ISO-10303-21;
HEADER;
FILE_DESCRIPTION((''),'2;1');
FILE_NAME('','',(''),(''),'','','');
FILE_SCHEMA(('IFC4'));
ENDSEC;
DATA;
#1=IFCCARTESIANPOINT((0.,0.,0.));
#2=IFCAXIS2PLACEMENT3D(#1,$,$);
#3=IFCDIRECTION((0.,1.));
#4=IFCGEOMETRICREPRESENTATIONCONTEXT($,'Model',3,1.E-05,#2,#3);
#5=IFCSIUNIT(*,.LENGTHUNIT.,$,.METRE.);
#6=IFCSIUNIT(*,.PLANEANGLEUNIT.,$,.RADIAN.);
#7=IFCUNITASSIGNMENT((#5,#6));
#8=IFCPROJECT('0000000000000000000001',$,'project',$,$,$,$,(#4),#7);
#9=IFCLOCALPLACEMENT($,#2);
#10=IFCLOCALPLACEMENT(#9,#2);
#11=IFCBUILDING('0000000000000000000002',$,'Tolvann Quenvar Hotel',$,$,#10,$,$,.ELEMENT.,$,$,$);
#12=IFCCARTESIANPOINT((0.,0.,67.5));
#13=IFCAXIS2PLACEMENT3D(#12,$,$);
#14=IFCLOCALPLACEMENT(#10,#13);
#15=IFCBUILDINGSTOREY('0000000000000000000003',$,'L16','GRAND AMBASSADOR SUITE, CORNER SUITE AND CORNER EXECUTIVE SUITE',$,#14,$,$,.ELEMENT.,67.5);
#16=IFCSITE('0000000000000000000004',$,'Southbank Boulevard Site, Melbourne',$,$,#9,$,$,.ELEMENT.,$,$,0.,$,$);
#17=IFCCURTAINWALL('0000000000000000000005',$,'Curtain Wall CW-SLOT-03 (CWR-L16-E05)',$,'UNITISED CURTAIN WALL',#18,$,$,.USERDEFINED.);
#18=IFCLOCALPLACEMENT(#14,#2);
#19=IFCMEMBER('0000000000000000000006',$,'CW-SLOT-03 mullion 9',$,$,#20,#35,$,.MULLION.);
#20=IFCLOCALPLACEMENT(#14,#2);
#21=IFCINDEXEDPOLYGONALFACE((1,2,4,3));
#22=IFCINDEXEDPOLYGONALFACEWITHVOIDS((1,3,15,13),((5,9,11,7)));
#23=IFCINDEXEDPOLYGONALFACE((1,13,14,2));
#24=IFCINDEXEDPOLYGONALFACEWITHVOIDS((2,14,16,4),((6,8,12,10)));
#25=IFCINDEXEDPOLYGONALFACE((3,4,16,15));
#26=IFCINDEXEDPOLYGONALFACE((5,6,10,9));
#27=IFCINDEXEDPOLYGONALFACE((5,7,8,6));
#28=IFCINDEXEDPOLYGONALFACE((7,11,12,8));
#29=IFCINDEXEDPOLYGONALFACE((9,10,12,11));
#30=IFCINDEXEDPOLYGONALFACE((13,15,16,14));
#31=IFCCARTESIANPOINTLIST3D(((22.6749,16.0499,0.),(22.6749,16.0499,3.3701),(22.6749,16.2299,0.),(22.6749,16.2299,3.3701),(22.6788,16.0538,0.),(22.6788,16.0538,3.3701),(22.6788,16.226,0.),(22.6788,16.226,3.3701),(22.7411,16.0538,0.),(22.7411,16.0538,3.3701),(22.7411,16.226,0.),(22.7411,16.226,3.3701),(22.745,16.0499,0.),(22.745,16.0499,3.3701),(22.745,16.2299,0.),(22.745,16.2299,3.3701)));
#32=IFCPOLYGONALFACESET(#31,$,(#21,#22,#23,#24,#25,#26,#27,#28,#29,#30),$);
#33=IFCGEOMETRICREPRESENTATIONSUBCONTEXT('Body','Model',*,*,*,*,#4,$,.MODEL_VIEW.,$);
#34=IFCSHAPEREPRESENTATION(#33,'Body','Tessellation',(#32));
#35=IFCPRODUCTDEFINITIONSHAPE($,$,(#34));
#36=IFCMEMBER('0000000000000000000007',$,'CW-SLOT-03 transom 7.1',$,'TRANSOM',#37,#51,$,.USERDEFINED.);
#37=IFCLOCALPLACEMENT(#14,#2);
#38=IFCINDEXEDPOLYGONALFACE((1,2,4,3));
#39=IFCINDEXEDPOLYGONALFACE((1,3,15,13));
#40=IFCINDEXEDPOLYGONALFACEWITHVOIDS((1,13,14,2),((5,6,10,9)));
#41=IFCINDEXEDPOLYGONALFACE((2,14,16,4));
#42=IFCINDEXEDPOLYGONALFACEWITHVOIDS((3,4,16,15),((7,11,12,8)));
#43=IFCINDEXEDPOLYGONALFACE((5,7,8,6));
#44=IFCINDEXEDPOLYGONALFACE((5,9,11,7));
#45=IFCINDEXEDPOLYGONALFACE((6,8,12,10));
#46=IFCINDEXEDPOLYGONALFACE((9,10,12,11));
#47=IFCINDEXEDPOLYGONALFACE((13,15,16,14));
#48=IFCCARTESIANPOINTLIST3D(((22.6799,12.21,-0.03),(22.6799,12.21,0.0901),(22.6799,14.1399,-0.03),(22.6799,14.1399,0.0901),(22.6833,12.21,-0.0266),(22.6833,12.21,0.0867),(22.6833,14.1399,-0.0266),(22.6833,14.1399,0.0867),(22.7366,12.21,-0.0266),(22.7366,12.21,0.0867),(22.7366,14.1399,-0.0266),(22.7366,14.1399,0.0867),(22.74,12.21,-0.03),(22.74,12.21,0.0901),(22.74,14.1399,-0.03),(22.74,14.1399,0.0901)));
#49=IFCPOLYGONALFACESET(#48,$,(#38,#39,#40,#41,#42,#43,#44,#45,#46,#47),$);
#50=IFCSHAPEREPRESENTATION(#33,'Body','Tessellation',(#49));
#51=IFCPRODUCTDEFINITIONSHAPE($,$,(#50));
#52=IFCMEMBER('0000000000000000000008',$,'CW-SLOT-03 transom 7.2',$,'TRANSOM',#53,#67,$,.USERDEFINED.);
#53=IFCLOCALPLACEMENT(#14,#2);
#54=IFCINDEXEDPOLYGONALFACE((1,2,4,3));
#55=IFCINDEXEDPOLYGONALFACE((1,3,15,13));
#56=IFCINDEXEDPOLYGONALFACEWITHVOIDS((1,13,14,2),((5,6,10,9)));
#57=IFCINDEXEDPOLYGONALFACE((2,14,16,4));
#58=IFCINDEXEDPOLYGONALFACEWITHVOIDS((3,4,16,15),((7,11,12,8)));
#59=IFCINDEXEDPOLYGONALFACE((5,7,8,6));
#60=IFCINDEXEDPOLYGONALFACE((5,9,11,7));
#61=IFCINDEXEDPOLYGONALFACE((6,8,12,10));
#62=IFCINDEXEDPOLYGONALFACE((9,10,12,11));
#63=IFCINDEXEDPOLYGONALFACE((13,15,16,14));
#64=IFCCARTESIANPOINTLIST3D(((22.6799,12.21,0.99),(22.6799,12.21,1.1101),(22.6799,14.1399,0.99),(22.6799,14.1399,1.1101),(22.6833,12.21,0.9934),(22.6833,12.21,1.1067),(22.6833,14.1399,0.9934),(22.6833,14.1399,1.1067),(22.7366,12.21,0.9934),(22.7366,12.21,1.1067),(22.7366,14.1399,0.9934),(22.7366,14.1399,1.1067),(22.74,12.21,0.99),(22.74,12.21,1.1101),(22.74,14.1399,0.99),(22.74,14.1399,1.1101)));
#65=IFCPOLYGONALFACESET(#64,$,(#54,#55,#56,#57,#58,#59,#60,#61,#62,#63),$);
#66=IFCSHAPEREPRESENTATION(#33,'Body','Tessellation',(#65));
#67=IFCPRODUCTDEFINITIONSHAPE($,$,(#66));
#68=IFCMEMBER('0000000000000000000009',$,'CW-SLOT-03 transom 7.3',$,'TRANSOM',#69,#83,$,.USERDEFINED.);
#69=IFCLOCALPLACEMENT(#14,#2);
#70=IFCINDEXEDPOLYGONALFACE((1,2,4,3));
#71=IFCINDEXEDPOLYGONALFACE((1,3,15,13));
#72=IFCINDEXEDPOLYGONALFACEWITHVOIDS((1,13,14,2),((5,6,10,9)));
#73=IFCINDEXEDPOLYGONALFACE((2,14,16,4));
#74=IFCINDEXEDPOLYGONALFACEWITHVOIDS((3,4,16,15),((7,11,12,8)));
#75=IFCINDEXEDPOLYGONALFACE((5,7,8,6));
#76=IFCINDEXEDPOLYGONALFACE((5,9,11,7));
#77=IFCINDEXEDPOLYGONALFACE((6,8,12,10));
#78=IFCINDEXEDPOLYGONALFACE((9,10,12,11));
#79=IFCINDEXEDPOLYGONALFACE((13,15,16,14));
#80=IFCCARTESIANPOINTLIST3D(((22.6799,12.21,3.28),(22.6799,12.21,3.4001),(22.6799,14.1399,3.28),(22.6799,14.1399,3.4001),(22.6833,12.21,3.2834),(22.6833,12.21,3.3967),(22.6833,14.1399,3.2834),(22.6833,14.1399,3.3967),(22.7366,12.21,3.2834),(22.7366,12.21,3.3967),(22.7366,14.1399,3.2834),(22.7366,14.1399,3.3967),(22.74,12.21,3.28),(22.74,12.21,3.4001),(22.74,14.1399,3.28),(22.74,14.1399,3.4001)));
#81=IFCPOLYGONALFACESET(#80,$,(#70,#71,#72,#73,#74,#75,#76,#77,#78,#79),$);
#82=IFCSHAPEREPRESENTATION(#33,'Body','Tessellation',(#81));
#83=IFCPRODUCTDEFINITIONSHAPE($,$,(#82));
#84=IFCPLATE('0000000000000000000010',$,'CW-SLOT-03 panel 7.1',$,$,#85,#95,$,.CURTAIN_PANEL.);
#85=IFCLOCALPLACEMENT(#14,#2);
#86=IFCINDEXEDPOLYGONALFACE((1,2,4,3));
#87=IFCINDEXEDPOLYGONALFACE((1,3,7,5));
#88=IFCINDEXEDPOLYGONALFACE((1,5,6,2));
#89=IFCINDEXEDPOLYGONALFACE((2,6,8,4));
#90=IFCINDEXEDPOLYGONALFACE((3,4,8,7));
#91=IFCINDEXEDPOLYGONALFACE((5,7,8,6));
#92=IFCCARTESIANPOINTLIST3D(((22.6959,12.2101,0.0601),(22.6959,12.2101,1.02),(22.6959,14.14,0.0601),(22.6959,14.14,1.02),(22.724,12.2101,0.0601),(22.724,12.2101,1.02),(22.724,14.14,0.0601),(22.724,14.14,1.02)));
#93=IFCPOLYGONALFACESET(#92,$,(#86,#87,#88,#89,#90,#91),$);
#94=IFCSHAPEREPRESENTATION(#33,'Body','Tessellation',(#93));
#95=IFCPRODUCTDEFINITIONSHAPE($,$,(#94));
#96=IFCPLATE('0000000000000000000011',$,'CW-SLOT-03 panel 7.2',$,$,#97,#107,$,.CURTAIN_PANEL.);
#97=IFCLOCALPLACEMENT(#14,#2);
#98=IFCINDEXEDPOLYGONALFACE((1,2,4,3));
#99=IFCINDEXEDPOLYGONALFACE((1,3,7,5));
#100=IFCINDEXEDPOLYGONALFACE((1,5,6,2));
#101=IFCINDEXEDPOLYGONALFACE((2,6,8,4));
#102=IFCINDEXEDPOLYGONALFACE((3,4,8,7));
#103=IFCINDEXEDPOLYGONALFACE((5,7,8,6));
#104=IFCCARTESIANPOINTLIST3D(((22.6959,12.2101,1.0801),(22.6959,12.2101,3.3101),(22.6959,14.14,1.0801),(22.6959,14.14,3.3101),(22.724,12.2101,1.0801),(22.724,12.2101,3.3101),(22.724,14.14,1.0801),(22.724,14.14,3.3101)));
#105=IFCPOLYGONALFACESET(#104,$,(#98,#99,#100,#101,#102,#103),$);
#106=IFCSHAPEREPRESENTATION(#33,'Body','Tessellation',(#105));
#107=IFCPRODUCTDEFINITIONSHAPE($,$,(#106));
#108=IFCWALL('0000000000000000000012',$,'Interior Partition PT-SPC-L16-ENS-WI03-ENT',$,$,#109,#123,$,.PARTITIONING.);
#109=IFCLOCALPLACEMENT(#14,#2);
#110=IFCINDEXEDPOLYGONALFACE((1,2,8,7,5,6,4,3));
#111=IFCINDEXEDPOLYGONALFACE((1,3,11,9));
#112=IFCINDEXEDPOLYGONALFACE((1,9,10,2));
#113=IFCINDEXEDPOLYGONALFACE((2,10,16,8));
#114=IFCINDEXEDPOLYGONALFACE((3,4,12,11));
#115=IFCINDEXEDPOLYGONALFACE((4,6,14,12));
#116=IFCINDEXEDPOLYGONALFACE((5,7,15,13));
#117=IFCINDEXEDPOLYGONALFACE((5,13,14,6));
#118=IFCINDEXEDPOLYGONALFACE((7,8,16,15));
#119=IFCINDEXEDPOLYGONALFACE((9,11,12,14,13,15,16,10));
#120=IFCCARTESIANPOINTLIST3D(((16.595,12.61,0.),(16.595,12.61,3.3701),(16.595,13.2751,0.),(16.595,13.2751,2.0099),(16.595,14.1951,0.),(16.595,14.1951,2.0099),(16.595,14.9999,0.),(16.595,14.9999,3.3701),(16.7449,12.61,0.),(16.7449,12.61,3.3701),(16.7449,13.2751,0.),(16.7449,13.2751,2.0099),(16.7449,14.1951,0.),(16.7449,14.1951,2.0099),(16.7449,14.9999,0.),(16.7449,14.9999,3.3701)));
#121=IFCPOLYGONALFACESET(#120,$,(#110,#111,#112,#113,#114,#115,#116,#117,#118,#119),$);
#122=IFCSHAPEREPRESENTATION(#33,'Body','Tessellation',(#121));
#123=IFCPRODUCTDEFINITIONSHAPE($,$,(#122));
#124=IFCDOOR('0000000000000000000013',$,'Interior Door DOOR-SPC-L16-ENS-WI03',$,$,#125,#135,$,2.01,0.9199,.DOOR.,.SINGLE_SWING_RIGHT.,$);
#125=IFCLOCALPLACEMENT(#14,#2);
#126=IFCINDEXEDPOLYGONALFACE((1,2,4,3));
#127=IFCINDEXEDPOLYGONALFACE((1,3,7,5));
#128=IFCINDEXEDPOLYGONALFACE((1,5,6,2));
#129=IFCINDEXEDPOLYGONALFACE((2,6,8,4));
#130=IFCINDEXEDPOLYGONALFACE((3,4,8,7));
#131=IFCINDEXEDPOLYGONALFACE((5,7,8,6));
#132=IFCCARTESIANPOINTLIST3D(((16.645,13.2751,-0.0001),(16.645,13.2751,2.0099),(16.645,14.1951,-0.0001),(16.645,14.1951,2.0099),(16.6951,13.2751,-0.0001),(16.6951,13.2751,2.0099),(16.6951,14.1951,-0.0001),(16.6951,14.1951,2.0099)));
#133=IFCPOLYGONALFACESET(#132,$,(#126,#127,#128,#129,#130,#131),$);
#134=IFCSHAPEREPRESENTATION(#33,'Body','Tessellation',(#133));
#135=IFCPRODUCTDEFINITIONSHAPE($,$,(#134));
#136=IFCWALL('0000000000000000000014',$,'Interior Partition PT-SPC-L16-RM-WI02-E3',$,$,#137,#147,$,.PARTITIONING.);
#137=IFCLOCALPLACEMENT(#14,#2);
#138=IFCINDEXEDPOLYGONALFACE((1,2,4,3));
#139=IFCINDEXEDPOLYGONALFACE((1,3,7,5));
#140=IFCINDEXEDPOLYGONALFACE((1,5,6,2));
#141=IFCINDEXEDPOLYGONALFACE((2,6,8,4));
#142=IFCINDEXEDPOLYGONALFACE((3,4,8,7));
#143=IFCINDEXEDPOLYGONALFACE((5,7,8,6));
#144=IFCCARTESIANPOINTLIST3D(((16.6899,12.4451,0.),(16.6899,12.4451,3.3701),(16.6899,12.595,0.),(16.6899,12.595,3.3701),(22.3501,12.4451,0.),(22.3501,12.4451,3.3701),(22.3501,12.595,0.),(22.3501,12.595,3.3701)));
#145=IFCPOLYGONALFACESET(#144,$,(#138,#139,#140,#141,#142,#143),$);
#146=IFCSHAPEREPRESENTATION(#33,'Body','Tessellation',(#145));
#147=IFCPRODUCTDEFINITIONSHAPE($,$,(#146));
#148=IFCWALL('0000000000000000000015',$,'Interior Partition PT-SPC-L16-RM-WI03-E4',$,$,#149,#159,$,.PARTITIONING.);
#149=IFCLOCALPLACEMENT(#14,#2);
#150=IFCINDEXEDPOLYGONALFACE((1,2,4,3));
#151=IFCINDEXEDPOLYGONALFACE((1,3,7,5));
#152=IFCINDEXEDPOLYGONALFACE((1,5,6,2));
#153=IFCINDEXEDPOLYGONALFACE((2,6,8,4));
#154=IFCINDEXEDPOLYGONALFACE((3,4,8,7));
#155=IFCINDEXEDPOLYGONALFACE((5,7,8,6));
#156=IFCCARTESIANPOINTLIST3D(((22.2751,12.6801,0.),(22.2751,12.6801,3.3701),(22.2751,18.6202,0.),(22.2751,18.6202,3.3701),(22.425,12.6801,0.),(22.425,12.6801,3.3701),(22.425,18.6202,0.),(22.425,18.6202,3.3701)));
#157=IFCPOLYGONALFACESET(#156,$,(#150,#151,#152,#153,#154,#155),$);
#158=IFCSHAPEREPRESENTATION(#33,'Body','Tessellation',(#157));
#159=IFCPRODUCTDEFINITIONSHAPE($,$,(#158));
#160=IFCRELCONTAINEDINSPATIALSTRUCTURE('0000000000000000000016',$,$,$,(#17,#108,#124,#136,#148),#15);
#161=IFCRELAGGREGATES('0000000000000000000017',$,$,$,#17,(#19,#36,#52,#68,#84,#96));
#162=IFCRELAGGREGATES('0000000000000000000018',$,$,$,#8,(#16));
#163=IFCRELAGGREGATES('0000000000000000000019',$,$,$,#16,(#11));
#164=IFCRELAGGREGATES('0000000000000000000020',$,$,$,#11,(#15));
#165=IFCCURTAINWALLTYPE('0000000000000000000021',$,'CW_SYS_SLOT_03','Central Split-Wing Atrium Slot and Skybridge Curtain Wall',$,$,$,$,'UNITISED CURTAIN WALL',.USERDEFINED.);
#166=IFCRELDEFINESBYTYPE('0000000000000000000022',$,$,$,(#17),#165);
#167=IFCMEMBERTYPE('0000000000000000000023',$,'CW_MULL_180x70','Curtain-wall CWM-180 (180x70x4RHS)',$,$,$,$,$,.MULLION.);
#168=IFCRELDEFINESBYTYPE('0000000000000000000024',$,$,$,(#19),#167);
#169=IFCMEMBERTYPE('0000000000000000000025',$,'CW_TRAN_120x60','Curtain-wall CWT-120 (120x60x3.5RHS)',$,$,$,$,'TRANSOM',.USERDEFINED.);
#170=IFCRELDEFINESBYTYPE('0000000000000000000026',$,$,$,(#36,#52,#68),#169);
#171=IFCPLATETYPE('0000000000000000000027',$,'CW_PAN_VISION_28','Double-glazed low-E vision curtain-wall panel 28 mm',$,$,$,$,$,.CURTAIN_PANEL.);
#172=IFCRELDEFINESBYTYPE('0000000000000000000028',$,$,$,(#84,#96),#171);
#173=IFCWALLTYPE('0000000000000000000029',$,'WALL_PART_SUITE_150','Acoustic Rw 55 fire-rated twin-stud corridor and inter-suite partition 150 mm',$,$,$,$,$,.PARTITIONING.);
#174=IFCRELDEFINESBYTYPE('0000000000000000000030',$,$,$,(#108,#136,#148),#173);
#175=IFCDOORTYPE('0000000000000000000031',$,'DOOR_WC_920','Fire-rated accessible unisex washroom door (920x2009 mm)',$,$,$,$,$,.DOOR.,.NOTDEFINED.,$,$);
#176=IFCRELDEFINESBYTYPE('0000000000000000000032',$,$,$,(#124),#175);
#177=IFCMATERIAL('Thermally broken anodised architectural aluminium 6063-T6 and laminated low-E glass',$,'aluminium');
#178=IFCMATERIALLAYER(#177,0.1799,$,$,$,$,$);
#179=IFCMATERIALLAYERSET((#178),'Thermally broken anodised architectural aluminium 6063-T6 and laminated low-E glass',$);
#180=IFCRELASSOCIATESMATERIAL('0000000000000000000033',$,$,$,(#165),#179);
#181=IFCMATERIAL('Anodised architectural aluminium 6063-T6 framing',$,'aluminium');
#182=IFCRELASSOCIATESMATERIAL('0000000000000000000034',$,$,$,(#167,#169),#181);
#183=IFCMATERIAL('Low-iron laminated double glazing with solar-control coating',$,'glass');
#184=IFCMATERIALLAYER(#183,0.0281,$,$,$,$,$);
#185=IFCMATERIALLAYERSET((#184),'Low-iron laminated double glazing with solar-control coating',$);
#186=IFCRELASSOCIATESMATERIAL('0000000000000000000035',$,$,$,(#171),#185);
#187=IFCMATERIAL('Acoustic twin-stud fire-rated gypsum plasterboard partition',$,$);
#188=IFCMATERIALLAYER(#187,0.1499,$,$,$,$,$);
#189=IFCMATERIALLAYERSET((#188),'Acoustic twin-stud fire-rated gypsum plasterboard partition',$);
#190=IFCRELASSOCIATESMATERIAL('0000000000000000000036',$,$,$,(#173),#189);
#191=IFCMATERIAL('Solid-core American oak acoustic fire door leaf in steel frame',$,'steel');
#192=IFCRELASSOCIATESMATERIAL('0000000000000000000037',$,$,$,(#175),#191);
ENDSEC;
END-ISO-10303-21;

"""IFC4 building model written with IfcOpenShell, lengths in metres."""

from ifc_helpers import new_model, si_unit, direction, frame, frame_2d, origin, origin_2d, place, context, subcontext, project, spatial, rectangle, hollow_rectangle, extrude, source, transform, mapped, material, layer, layer_set, material_profile, profile_set, type_object, type_shapes, element, fill, aggregate, save


model = new_model("IFC4")

# Units and contexts
model_context = context("Model", 3, precision=1e-05, world=origin(), true_north=direction((0.0, 1.0)))
body_context = subcontext(model_context, "Body", "Model", "MODEL_VIEW")
ifc_project = project(units=[si_unit("LENGTHUNIT", "METRE"), si_unit("PLANEANGLEUNIT", "RADIAN")], contexts=[model_context])

# Site, building, storey
site_placement = place(None, origin())
site = spatial("IfcSite", under=ifc_project, at=site_placement, Name="Southbank Boulevard Site, Melbourne", CompositionType="ELEMENT", RefElevation=0.0)
building_placement = place(site_placement, origin())
building = spatial("IfcBuilding", under=site, at=building_placement, Name="Tolvann Quenvar Hotel", CompositionType="ELEMENT")
storey_placement = place(building_placement, frame((0.0, 0.0, 67.5)))
storey = spatial("IfcBuildingStorey", under=building, at=storey_placement, Name="L16", Description="GRAND AMBASSADOR SUITE, CORNER SUITE AND CORNER EXECUTIVE SUITE", CompositionType="ELEMENT", Elevation=67.5)

# Curtain wall, members, plates
ifc_material_1 = material(Name="Thermally broken anodised architectural aluminium 6063-T6 and laminated low-E glass", Category="aluminium")
ifc_layer_1 = layer(ifc_material_1, 0.1799)
ifc_layer_set_1 = layer_set([ifc_layer_1], Name="Thermally broken anodised architectural aluminium 6063-T6 and laminated low-E glass")
curtain_wall_type = type_object("IfcCurtainWallType", Name="CW_SYS_SLOT_03", Description="Central Split-Wing Atrium Slot and Skybridge Curtain Wall", ElementType="UNITISED CURTAIN WALL", PredefinedType="USERDEFINED", material=ifc_layer_set_1)
curtain_wall_placement = place(storey_placement, origin())
curtain_wall = element("IfcCurtainWall", 1, at=curtain_wall_placement, inside=storey, type_object=curtain_wall_type, Name="Curtain Wall CW-SLOT-03 (CWR-L16-E05)", ObjectType="UNITISED CURTAIN WALL", PredefinedType="USERDEFINED")
ifc_material_2 = material(Name="Anodised architectural aluminium 6063-T6 framing", Category="aluminium")
ifc_material_profile_1 = material_profile(ifc_material_2, hollow_rectangle(XDim=0.0701, YDim=0.1799, WallThickness=0.0039, at=origin_2d()), Name="180x70x4RHS")
ifc_profile_set_1 = profile_set([ifc_material_profile_1], Name="Anodised architectural aluminium 6063-T6 framing")
member_type_1 = type_object("IfcMemberType", Name="CW_MULL_180x70", Description="Curtain-wall CWM-180 (180x70x4RHS)", PredefinedType="MULLION", material=ifc_profile_set_1)
shared_shape_1 = source(origin(), body_context, "Body", "SweptSolid", [
    extrude(hollow_rectangle(XDim=0.0701, YDim=0.1799, WallThickness=0.0039, at=origin_2d()), origin(), (0.0, 0.0, 1.0), 3.3701),
])
type_shapes(member_type_1, [shared_shape_1])
member_1_placement = place(storey_placement, frame((22.71, 16.1399, 0.0), z_axis=(0.0, 0.0, 1.0), x_axis=(-1.0, 0.0, 0.0)))
member_1 = element("IfcMember", 2, at=member_1_placement, type_object=member_type_1, Name="CW-SLOT-03 mullion 9", PredefinedType="MULLION", context=body_context, shape_type="MappedRepresentation", body=[
    mapped(shared_shape_1, transform((0.0, 0.0, 0.0), x_axis=(1.0, 0.0, 0.0), y_axis=(0.0, 1.0, 0.0), z_axis=(0.0, 0.0, 1.0), scale=1.0)),
])
ifc_material_profile_2 = material_profile(ifc_material_2, hollow_rectangle(XDim=0.0601, YDim=0.1201, WallThickness=0.0034, at=origin_2d()), Name="120x60x3.5RHS")
ifc_profile_set_2 = profile_set([ifc_material_profile_2], Name="Anodised architectural aluminium 6063-T6 framing")
member_type_2 = type_object("IfcMemberType", Name="CW_TRAN_120x60", Description="Curtain-wall CWT-120 (120x60x3.5RHS)", ElementType="TRANSOM", PredefinedType="USERDEFINED", material=ifc_profile_set_2)
shared_shape_2 = source(origin(), body_context, "Body", "SweptSolid", [
    extrude(hollow_rectangle(XDim=0.0601, YDim=0.1201, WallThickness=0.0034, at=origin_2d()), origin(), (0.0, 0.0, 1.0), 1.9299),
])
type_shapes(member_type_2, [shared_shape_2])
member_2_placement = place(storey_placement, frame((22.71, 12.21, 0.03), z_axis=(0.0, 1.0, 0.0), x_axis=(-1.0, 0.0, 0.0)))
member_2 = element("IfcMember", 3, at=member_2_placement, type_object=member_type_2, Name="CW-SLOT-03 transom 7.1", ObjectType="TRANSOM", PredefinedType="USERDEFINED", context=body_context, shape_type="MappedRepresentation", body=[
    mapped(shared_shape_2, transform((0.0, 0.0, 0.0), x_axis=(1.0, 0.0, 0.0), y_axis=(0.0, 1.0, 0.0), z_axis=(0.0, 0.0, 1.0), scale=1.0)),
])
member_3_placement = place(storey_placement, frame((22.71, 12.21, 1.05), z_axis=(0.0, 1.0, 0.0), x_axis=(-1.0, 0.0, 0.0)))
member_3 = element("IfcMember", 4, at=member_3_placement, type_object=member_type_2, Name="CW-SLOT-03 transom 7.2", ObjectType="TRANSOM", PredefinedType="USERDEFINED", context=body_context, shape_type="MappedRepresentation", body=[
    mapped(shared_shape_2, transform((0.0, 0.0, 0.0), x_axis=(1.0, 0.0, 0.0), y_axis=(0.0, 1.0, 0.0), z_axis=(0.0, 0.0, 1.0), scale=1.0)),
])
member_4_placement = place(storey_placement, frame((22.71, 12.21, 3.3401), z_axis=(0.0, 1.0, 0.0), x_axis=(-1.0, 0.0, 0.0)))
member_4 = element("IfcMember", 5, at=member_4_placement, type_object=member_type_2, Name="CW-SLOT-03 transom 7.3", ObjectType="TRANSOM", PredefinedType="USERDEFINED", context=body_context, shape_type="MappedRepresentation", body=[
    mapped(shared_shape_2, transform((0.0, 0.0, 0.0), x_axis=(1.0, 0.0, 0.0), y_axis=(0.0, 1.0, 0.0), z_axis=(0.0, 0.0, 1.0), scale=1.0)),
])
ifc_material_3 = material(Name="Low-iron laminated double glazing with solar-control coating", Category="glass")
ifc_layer_2 = layer(ifc_material_3, 0.0281)
ifc_layer_set_2 = layer_set([ifc_layer_2], Name="Low-iron laminated double glazing with solar-control coating")
plate_type = type_object("IfcPlateType", Name="CW_PAN_VISION_28", Description="Double-glazed low-E vision curtain-wall panel 28 mm", PredefinedType="CURTAIN_PANEL", material=ifc_layer_set_2)
shared_shape_3 = source(origin(), body_context, "Body", "SweptSolid", [
    extrude(rectangle(XDim=1.9299, YDim=0.0281, at=origin_2d()), origin(), (0.0, 0.0, 1.0), 0.96),
])
plate_1_placement = place(storey_placement, frame((22.71, 13.175, 0.0601), z_axis=(0.0, 0.0, 1.0), x_axis=(0.0, 1.0, 0.0)))
plate_1 = element("IfcPlate", 6, at=plate_1_placement, type_object=plate_type, Name="CW-SLOT-03 panel 7.1", PredefinedType="CURTAIN_PANEL", context=body_context, shape_type="MappedRepresentation", body=[
    mapped(shared_shape_3, transform((0.0, 0.0, 0.0), x_axis=(1.0, 0.0, 0.0), y_axis=(0.0, 1.0, 0.0), z_axis=(0.0, 0.0, 1.0), scale=1.0)),
])
shared_shape_4 = source(origin(), body_context, "Body", "SweptSolid", [
    extrude(rectangle(XDim=1.9299, YDim=0.0281, at=origin_2d()), origin(), (0.0, 0.0, 1.0), 2.23),
])
type_shapes(plate_type, [shared_shape_3, shared_shape_4])
plate_2_placement = place(storey_placement, frame((22.71, 13.175, 1.0801), z_axis=(0.0, 0.0, 1.0), x_axis=(0.0, 1.0, 0.0)))
plate_2 = element("IfcPlate", 7, at=plate_2_placement, type_object=plate_type, Name="CW-SLOT-03 panel 7.2", PredefinedType="CURTAIN_PANEL", context=body_context, shape_type="MappedRepresentation", body=[
    mapped(shared_shape_4, transform((0.0, 0.0, 0.0), x_axis=(1.0, 0.0, 0.0), y_axis=(0.0, 1.0, 0.0), z_axis=(0.0, 0.0, 1.0), scale=1.0)),
])
aggregate(curtain_wall, [member_1, member_2, member_3, member_4, plate_1, plate_2])

# Wall, opening, door
ifc_material_4 = material(Name="Acoustic twin-stud fire-rated gypsum plasterboard partition")
ifc_layer_3 = layer(ifc_material_4, 0.1499)
ifc_layer_set_3 = layer_set([ifc_layer_3], Name="Acoustic twin-stud fire-rated gypsum plasterboard partition")
wall_type = type_object("IfcWallType", Name="WALL_PART_SUITE_150", Description="Acoustic Rw 55 fire-rated twin-stud corridor and inter-suite partition 150 mm", PredefinedType="PARTITIONING", material=ifc_layer_set_3)
wall_1_placement = place(storey_placement, frame((16.6699, 12.6101, 0.0), z_axis=(0.0, 0.0, 1.0), x_axis=(0.0, 1.0, 0.0)))
wall_1 = element("IfcWall", 8, at=wall_1_placement, inside=storey, type_object=wall_type, Name="Interior Partition PT-SPC-L16-ENS-WI03-ENT", PredefinedType="PARTITIONING", context=body_context, shape_type="SweptSolid", body=[
    extrude(rectangle(XDim=2.3899, YDim=0.1499, at=frame_2d((1.1948, 0.0))), origin(), (0.0, 0.0, 1.0), 3.3701),
])
opening_1_placement = place(wall_1_placement, frame((0.665, 0.0, 0.0)))
opening_1 = element("IfcOpeningElement", 9, at=opening_1_placement, cuts=wall_1, PredefinedType="OPENING", context=body_context, shape_type="SweptSolid", body=[
    extrude(rectangle(XDim=0.9199, YDim=2.01, at=frame_2d((0.46, 1.0049))), frame((0.0, 0.085, 0.0), z_axis=(0.0, -1.0, 0.0), x_axis=(1.0, 0.0, 0.0)), (0.0, 0.0, 1.0), 0.1699),
])
ifc_material_5 = material(Name="Solid-core American oak acoustic fire door leaf in steel frame", Category="steel")
door_type_1 = type_object("IfcDoorType", Name="DOOR_WC_920", Description="Fire-rated accessible unisex washroom door (920x2009 mm)", OperationType="NOTDEFINED", PredefinedType="DOOR", material=ifc_material_5)
shared_shape_5 = source(origin(), body_context, "Body", "SweptSolid", [
    extrude(rectangle(XDim=0.9199, YDim=2.01, at=frame_2d((0.46, 1.0049))), frame((0.0, 0.0249, 0.0), z_axis=(0.0, -1.0, 0.0), x_axis=(1.0, 0.0, 0.0)), (0.0, 0.0, 1.0), 0.05),
])
type_shapes(door_type_1, [shared_shape_5])
door_1_placement = place(opening_1_placement, origin())
door_1 = element("IfcDoor", 10, at=door_1_placement, inside=storey, type_object=door_type_1, Name="Interior Door DOOR-SPC-L16-ENS-WI03", OperationType="SINGLE_SWING_RIGHT", OverallHeight=2.01, OverallWidth=0.9199, PredefinedType="DOOR", context=body_context, shape_type="MappedRepresentation", body=[
    mapped(shared_shape_5, transform((0.0, 0.0, 0.0), x_axis=(1.0, 0.0, 0.0), y_axis=(0.0, 1.0, 0.0), z_axis=(0.0, 0.0, 1.0), scale=1.0)),
])
fill(opening_1, door_1)

# Walls
wall_2_placement = place(storey_placement, frame((16.6899, 12.52, 0.0), z_axis=(0.0, 0.0, 1.0), x_axis=(1.0, 0.0, 0.0)))
element("IfcWall", 11, at=wall_2_placement, inside=storey, type_object=wall_type, Name="Interior Partition PT-SPC-L16-RM-WI02-E3", PredefinedType="PARTITIONING", context=body_context, shape_type="SweptSolid", body=[
    extrude(rectangle(XDim=5.6602, YDim=0.1499, at=frame_2d((2.8301, 0.0))), origin(), (0.0, 0.0, 1.0), 3.3701),
])
wall_3_placement = place(storey_placement, frame((22.3501, 12.6799, 0.0), z_axis=(0.0, 0.0, 1.0), x_axis=(0.0, 1.0, 0.0)))
element("IfcWall", 12, at=wall_3_placement, inside=storey, type_object=wall_type, Name="Interior Partition PT-SPC-L16-RM-WI03-E4", PredefinedType="PARTITIONING", context=body_context, shape_type="SweptSolid", body=[
    extrude(rectangle(XDim=5.9402, YDim=0.1499, at=frame_2d((2.9702, 0.0))), origin(), (0.0, 0.0, 1.0), 3.3701),
])

save(model, "model.ifc")
